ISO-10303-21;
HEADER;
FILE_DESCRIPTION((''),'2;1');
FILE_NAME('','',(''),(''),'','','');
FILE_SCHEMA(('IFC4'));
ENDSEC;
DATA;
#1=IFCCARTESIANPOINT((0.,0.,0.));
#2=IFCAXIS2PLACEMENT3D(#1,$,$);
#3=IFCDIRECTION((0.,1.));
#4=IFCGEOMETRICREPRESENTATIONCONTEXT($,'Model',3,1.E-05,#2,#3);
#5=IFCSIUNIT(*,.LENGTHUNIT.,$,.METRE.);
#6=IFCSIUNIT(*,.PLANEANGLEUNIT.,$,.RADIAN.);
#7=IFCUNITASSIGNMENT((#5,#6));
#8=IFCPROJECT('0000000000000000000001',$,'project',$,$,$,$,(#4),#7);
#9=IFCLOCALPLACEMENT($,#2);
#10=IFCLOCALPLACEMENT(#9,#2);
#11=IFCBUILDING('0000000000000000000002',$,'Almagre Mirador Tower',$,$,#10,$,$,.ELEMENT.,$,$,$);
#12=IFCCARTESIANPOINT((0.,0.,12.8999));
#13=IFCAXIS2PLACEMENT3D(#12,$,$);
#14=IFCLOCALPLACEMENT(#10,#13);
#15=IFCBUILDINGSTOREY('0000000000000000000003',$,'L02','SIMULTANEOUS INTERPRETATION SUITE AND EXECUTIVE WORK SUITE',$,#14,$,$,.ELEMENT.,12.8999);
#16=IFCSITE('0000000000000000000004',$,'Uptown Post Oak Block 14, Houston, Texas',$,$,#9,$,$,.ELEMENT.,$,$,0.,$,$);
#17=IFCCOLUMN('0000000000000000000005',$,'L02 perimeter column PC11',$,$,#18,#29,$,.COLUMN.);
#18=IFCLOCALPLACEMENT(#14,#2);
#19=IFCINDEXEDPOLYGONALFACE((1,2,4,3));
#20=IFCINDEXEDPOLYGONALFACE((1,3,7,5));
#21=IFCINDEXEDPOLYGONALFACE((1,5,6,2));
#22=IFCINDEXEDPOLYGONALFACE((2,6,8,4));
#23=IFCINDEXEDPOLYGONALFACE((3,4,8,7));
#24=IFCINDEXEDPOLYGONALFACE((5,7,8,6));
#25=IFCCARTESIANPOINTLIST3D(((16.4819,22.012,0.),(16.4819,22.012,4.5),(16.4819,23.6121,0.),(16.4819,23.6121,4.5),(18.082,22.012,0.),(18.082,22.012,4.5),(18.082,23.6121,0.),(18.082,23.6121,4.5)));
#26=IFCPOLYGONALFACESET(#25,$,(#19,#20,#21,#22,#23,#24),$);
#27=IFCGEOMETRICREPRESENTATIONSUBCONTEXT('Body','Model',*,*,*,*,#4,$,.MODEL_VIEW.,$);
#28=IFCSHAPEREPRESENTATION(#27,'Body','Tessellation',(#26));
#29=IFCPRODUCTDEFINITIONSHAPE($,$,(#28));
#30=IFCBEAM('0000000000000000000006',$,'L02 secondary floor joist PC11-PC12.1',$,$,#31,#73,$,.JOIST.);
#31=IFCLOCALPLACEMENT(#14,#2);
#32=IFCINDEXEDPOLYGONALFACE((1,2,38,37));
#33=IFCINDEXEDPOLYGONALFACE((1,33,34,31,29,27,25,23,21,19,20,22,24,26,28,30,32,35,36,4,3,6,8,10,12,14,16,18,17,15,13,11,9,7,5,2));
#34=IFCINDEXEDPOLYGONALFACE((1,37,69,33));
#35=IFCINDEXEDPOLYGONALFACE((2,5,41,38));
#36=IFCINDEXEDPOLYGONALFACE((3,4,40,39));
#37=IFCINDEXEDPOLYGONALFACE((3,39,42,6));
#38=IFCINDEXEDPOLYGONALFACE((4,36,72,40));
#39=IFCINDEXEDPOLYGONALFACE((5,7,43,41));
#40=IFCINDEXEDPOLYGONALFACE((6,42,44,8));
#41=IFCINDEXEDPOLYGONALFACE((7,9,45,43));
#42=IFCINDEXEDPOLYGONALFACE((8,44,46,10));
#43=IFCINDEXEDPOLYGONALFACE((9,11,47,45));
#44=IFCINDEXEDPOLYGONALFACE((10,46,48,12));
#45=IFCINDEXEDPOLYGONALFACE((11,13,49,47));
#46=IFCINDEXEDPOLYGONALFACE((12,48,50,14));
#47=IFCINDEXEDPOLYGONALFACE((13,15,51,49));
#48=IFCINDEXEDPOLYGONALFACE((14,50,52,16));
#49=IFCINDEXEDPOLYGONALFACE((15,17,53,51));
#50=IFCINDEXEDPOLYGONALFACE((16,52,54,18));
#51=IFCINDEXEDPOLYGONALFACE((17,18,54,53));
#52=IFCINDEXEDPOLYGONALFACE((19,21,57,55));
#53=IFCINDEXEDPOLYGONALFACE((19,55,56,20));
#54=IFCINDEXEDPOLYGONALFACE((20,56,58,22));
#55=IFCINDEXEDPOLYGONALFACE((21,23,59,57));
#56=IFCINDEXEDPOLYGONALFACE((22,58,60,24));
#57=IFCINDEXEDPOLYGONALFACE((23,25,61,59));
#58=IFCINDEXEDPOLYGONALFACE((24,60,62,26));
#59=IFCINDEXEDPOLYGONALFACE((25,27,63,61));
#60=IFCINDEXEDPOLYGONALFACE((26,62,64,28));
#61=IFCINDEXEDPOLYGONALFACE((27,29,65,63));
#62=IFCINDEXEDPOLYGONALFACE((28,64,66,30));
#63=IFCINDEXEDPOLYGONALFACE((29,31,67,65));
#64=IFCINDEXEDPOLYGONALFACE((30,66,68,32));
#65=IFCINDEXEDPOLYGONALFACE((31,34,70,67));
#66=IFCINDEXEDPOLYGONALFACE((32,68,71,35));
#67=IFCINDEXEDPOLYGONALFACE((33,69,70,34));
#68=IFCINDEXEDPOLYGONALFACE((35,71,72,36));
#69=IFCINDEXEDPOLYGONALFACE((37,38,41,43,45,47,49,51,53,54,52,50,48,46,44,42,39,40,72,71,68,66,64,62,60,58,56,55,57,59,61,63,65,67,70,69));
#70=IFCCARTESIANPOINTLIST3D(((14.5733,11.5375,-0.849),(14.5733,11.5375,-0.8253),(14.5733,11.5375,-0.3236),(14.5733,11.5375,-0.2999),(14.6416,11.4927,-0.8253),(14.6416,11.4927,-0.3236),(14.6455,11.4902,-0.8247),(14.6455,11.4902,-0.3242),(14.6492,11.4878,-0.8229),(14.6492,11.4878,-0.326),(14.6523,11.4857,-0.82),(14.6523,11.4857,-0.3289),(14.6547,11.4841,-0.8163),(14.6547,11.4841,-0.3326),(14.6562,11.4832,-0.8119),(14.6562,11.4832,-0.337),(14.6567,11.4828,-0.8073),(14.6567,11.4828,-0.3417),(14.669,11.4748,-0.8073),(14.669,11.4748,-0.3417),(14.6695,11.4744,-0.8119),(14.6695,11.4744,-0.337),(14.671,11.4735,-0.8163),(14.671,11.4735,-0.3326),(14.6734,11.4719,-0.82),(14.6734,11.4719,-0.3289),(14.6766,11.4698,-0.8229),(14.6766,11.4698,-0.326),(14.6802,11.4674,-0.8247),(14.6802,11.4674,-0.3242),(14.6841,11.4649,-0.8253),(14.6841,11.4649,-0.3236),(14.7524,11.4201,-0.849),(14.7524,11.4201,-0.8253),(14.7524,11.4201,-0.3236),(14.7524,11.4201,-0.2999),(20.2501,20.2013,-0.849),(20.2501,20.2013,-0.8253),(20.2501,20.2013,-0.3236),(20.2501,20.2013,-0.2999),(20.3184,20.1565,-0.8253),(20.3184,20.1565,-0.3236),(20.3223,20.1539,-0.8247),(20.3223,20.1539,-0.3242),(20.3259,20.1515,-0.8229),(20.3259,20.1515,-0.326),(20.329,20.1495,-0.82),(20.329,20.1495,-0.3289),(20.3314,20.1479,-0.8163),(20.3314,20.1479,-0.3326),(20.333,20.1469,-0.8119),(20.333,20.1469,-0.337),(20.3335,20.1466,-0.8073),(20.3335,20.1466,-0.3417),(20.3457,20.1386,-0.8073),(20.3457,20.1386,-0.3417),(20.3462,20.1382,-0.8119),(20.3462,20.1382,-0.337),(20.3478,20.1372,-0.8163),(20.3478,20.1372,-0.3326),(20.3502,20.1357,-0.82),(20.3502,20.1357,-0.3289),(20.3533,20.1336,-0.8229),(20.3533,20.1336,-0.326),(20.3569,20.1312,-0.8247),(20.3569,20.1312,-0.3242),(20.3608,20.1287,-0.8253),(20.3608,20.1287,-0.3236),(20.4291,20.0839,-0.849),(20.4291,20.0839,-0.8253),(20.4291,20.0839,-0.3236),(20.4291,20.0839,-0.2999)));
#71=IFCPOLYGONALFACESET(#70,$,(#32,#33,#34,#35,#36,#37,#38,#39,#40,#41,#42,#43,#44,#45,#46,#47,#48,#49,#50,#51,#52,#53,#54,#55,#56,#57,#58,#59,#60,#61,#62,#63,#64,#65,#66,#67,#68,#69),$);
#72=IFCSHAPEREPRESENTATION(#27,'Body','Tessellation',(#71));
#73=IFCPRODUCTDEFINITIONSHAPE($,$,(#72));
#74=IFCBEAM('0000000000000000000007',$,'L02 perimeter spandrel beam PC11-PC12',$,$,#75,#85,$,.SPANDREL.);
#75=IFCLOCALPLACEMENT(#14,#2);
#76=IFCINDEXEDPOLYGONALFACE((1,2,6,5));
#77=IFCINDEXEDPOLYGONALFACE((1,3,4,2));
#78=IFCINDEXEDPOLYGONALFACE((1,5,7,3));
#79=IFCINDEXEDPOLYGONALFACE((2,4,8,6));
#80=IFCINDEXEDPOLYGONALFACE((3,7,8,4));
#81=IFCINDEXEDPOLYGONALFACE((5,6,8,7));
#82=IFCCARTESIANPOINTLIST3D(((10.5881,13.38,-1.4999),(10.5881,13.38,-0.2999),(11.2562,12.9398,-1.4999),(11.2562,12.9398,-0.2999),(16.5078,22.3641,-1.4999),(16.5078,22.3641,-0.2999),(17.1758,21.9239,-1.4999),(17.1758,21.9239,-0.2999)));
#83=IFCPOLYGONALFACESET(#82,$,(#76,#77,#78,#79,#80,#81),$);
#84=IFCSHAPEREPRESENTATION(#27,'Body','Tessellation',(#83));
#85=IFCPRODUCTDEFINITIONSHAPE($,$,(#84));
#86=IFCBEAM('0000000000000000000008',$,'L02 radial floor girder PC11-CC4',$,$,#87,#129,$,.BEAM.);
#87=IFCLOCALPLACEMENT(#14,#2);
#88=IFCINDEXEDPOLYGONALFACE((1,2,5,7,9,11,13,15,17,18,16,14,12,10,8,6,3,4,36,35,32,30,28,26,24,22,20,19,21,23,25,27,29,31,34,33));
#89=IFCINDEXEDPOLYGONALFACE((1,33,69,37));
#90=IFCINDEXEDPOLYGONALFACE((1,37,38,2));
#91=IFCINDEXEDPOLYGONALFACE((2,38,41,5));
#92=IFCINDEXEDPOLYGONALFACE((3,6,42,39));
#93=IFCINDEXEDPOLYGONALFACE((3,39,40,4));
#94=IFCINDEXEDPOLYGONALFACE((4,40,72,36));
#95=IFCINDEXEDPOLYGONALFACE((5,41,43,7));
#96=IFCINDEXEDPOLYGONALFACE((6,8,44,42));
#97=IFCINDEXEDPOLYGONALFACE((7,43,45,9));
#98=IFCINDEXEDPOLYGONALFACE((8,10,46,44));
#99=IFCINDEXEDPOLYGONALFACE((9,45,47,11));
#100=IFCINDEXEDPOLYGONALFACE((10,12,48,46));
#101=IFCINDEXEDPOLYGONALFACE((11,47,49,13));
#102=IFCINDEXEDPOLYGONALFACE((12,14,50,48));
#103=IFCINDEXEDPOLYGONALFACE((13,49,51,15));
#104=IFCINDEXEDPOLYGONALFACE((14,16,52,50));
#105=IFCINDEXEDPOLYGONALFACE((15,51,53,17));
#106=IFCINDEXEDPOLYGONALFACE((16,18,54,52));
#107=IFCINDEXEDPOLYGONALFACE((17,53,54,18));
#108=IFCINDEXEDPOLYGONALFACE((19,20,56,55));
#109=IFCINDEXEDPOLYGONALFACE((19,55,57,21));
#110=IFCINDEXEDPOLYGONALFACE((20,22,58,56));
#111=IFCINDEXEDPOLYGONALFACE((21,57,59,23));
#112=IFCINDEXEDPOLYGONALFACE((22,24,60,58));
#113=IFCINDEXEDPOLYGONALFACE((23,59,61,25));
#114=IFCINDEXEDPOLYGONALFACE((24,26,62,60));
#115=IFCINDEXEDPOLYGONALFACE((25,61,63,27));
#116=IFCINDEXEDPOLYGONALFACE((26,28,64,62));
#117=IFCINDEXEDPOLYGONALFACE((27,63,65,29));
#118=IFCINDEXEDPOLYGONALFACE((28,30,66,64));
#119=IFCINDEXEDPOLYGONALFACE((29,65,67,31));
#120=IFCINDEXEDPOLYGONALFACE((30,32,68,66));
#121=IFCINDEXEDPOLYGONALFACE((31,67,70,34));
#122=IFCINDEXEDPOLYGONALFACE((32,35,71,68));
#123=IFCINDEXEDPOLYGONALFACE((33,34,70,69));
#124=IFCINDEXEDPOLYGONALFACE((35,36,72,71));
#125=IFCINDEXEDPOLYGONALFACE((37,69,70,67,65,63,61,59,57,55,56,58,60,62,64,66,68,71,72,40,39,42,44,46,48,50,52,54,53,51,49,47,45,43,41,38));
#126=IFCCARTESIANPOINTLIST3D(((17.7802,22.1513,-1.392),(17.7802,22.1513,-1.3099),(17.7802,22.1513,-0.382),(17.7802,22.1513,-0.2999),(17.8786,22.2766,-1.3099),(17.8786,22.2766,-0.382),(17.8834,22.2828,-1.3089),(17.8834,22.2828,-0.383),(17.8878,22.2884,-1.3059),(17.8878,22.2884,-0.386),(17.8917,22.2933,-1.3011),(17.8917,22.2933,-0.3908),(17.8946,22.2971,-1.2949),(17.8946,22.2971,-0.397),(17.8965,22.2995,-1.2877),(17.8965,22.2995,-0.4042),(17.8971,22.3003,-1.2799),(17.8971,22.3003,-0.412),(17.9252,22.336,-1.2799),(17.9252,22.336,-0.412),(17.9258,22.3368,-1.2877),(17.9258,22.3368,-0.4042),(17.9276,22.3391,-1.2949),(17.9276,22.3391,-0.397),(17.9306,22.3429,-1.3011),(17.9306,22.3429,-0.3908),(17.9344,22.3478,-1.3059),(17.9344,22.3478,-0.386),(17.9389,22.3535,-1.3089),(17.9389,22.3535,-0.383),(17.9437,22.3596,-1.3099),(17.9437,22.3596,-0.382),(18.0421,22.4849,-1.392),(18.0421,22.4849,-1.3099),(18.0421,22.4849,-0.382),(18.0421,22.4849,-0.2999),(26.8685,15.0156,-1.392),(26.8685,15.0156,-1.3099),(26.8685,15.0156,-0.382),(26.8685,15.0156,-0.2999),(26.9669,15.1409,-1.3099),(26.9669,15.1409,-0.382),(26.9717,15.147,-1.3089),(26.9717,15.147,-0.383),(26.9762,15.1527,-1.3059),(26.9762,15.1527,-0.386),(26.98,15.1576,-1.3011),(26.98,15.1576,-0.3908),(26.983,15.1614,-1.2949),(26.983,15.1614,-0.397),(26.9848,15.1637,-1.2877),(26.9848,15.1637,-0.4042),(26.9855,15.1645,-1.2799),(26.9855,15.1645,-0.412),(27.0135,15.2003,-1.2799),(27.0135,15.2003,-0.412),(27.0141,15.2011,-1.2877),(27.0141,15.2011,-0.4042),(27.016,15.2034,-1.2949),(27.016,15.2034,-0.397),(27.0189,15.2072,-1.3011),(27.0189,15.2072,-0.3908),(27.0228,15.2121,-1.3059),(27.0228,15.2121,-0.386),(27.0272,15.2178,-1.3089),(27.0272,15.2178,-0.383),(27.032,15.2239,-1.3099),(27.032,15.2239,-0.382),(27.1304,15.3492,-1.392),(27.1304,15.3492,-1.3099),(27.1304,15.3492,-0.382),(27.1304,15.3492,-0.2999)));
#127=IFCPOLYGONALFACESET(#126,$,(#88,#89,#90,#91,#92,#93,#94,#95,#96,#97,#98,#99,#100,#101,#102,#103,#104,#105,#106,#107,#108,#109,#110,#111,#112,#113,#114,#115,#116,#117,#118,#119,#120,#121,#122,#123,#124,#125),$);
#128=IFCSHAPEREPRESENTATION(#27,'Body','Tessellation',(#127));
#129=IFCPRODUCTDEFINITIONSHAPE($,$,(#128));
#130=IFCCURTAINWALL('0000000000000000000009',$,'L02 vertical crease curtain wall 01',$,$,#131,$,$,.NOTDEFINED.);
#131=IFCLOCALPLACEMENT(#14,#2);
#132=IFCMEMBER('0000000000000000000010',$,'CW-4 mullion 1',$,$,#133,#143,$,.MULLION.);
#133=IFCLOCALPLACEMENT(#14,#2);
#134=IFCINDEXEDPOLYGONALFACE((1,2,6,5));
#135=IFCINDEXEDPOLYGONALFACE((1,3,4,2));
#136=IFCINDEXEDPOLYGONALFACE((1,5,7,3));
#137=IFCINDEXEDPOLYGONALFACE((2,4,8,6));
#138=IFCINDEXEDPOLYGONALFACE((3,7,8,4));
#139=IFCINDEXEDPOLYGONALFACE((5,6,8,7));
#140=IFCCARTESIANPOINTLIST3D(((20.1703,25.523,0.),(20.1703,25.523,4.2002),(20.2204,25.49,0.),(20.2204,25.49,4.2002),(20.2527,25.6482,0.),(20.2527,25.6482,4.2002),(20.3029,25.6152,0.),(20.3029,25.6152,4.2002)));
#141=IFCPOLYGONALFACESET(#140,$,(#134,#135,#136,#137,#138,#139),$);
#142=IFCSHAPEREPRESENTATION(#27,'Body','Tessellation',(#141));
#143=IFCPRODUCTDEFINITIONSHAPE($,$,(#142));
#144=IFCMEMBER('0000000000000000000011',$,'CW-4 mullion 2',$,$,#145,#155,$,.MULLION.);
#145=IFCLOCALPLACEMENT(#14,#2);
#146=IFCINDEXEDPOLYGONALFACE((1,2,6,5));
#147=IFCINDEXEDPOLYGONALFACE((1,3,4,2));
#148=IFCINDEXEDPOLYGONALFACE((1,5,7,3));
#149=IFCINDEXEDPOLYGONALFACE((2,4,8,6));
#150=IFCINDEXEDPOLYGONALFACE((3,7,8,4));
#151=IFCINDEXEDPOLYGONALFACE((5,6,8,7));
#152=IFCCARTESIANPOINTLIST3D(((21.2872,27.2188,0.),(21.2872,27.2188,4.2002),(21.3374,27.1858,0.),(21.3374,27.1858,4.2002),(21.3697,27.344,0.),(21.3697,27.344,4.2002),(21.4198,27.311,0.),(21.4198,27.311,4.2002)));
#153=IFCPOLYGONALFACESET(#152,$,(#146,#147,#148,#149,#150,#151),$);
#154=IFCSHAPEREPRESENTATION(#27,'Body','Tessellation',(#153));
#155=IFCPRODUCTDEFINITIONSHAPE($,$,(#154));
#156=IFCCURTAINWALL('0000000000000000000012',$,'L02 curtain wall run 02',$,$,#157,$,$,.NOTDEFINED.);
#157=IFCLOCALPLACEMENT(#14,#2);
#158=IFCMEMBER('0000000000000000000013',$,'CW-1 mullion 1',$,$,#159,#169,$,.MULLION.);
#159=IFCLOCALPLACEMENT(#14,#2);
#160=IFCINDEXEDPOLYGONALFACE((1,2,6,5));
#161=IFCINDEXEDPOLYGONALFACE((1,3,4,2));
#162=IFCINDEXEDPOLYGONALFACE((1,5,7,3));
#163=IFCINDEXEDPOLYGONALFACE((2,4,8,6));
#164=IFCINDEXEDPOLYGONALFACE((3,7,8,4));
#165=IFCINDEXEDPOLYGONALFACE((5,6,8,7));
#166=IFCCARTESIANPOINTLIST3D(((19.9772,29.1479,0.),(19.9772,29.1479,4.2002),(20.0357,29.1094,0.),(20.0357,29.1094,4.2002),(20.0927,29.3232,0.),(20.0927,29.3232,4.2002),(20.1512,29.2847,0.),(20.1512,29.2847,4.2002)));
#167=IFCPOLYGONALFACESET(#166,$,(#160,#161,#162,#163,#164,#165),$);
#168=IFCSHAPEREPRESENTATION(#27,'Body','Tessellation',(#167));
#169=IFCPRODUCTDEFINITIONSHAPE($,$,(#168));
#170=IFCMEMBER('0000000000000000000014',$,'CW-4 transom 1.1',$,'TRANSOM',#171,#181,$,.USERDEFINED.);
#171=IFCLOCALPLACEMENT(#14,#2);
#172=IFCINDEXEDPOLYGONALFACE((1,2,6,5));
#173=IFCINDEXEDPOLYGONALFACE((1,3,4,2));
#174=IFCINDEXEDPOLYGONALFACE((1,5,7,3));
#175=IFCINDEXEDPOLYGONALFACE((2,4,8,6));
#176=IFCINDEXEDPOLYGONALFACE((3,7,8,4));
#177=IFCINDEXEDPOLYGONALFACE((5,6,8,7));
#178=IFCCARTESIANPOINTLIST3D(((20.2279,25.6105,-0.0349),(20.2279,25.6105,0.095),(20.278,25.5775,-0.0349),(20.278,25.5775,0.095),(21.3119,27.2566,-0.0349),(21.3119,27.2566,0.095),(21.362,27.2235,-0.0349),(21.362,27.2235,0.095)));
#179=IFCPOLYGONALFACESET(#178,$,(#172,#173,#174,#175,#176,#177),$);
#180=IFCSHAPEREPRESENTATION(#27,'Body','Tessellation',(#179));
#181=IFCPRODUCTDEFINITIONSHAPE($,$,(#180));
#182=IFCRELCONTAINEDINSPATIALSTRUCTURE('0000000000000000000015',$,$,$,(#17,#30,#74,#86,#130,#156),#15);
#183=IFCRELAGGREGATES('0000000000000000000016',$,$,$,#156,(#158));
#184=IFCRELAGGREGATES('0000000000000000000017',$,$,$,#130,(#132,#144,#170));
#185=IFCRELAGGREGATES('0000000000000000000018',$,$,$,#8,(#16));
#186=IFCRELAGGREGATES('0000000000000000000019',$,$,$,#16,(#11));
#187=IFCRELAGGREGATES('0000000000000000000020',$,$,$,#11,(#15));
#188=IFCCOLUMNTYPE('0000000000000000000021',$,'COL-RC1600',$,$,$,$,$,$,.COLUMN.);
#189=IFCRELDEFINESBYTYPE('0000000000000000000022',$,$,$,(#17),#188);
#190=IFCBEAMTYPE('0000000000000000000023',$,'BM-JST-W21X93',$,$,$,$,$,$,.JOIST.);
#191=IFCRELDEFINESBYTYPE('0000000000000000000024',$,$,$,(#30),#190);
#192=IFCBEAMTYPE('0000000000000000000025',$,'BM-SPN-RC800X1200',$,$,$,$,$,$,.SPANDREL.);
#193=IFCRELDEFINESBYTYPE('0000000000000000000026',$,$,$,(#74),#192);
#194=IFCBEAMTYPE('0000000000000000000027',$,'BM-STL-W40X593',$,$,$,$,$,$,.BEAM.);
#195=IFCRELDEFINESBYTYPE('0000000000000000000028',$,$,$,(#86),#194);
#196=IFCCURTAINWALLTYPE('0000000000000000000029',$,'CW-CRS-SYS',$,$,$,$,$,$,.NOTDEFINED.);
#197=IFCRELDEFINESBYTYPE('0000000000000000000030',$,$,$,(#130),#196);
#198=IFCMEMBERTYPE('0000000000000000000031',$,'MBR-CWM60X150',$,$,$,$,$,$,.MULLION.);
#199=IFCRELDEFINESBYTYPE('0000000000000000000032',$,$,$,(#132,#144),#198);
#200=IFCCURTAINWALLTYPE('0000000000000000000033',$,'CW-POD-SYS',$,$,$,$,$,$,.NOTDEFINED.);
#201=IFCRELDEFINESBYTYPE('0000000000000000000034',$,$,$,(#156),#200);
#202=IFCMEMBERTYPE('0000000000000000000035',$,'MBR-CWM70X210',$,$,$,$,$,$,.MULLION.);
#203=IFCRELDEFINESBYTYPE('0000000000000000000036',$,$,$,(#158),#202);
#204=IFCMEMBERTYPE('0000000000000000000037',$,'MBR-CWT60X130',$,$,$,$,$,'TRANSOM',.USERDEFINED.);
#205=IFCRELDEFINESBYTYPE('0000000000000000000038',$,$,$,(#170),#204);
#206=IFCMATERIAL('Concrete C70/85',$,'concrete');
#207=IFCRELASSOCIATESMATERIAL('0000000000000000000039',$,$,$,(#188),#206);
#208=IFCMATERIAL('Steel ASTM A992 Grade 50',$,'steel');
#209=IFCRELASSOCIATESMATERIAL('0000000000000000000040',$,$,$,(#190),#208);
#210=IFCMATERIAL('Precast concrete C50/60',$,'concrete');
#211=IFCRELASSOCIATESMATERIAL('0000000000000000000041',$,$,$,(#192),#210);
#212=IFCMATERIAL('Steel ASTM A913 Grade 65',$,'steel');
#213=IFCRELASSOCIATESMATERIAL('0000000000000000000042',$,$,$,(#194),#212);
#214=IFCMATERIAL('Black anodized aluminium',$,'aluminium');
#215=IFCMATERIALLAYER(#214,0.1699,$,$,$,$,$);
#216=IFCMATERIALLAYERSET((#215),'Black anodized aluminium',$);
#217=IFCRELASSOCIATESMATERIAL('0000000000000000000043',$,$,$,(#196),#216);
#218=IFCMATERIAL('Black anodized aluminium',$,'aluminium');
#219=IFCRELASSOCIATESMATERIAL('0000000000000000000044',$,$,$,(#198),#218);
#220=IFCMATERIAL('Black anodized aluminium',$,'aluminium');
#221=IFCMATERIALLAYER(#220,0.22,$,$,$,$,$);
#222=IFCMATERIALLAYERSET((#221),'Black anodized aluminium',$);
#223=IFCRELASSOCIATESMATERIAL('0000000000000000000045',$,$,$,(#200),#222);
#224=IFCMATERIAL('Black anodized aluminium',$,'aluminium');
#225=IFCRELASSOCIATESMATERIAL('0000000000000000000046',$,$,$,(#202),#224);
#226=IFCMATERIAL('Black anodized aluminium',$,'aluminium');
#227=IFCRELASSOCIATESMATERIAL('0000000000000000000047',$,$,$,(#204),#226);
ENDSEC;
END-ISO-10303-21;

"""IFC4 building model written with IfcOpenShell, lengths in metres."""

from ifc_helpers import new_model, si_unit, direction, frame, origin, origin_2d, place, context, subcontext, project, spatial, rectangle, i_section, extrude, material, layer, layer_set, material_profile, profile_set, type_object, element, aggregate, save


model = new_model("IFC4")

# Units and contexts
model_context = context("Model", 3, precision=1e-05, world=origin(), true_north=direction((0.0, 1.0)))
body_context = subcontext(model_context, "Body", "Model", "MODEL_VIEW")
ifc_project = project(units=[si_unit("LENGTHUNIT", "METRE"), si_unit("PLANEANGLEUNIT", "RADIAN")], contexts=[model_context])

# Site, building, storey
site_placement = place(None, origin())
site = spatial("IfcSite", under=ifc_project, at=site_placement, Name="Uptown Post Oak Block 14, Houston, Texas", CompositionType="ELEMENT", RefElevation=0.0)
building_placement = place(site_placement, origin())
building = spatial("IfcBuilding", under=site, at=building_placement, Name="Almagre Mirador Tower", CompositionType="ELEMENT")
storey_placement = place(building_placement, frame((0.0, 0.0, 12.8999)))
storey = spatial("IfcBuildingStorey", under=building, at=storey_placement, Name="L02", Description="SIMULTANEOUS INTERPRETATION SUITE AND EXECUTIVE WORK SUITE", CompositionType="ELEMENT", Elevation=12.8999)

# Column
ifc_material_1 = material(Name="Concrete C70/85", Category="concrete")
ifc_material_profile_1 = material_profile(ifc_material_1, rectangle(XDim=1.6001, YDim=1.6001, at=origin_2d()), Name="RC1600X1600")
ifc_profile_set_1 = profile_set([ifc_material_profile_1], Name="Concrete C70/85")
column_type = type_object("IfcColumnType", Name="COL-RC1600", PredefinedType="COLUMN", material=ifc_profile_set_1)
column_placement = place(storey_placement, frame((17.282, 22.812, 0.0), z_axis=(0.0, 0.0, 1.0), x_axis=(1.0, 0.0, 0.0)))
element("IfcColumn", 1, at=column_placement, inside=storey, type_object=column_type, Name="L02 perimeter column PC11", PredefinedType="COLUMN", context=body_context, shape_type="SweptSolid", body=[
    extrude(rectangle(XDim=1.6001, YDim=1.6001, at=origin_2d()), origin(), (0.0, 0.0, 1.0), 4.5),
])

# Beams
ifc_material_2 = material(Name="Steel ASTM A992 Grade 50", Category="steel")
ifc_material_profile_2 = material_profile(ifc_material_2, i_section(OverallWidth=0.2141, OverallDepth=0.5491, WebThickness=0.0146, FlangeThickness=0.0237, FilletRadius=0.0181, at=origin_2d()), Name="W21X93")
ifc_profile_set_2 = profile_set([ifc_material_profile_2], Name="Steel ASTM A992 Grade 50")
beam_type_1 = type_object("IfcBeamType", Name="BM-JST-W21X93", PredefinedType="JOIST", material=ifc_profile_set_2)
beam_1_placement = place(storey_placement, frame((20.3396, 20.1426, -0.5745), z_axis=(-0.548058, -0.836441, 0.0), x_axis=(0.836441, -0.548058, 0.0)))
element("IfcBeam", 2, at=beam_1_placement, inside=storey, type_object=beam_type_1, Name="L02 secondary floor joist PC11-PC12.1", PredefinedType="JOIST", context=body_context, shape_type="SweptSolid", body=[
    extrude(i_section(OverallWidth=0.2141, OverallDepth=0.5491, WebThickness=0.0146, FlangeThickness=0.0237, FilletRadius=0.0181, at=origin_2d()), origin(), (0.0, 0.0, 1.0), 10.3579),
])
ifc_material_3 = material(Name="Precast concrete C50/60", Category="concrete")
ifc_material_profile_3 = material_profile(ifc_material_3, rectangle(XDim=0.8, YDim=1.2, at=origin_2d()), Name="RC800X1200")
ifc_profile_set_3 = profile_set([ifc_material_profile_3], Name="Precast concrete C50/60")
beam_type_2 = type_object("IfcBeamType", Name="BM-SPN-RC800X1200", PredefinedType="SPANDREL", material=ifc_profile_set_3)
beam_2_placement = place(storey_placement, frame((16.8418, 22.144, -0.8999), z_axis=(-0.550204, -0.83503, 0.0), x_axis=(0.83503, -0.550204, 0.0)))
element("IfcBeam", 3, at=beam_2_placement, inside=storey, type_object=beam_type_2, Name="L02 perimeter spandrel beam PC11-PC12", PredefinedType="SPANDREL", context=body_context, shape_type="SweptSolid", body=[
    extrude(rectangle(XDim=0.8, YDim=1.2, at=origin_2d()), origin(), (0.0, 0.0, 1.0), 10.759),
])
ifc_material_4 = material(Name="Steel ASTM A913 Grade 65", Category="steel")
ifc_material_profile_4 = material_profile(ifc_material_4, i_section(OverallWidth=0.4241, OverallDepth=1.092, WebThickness=0.0454, FlangeThickness=0.082, FilletRadius=0.03, at=origin_2d()), Name="W40X593")
ifc_profile_set_4 = profile_set([ifc_material_profile_4], Name="Steel ASTM A913 Grade 65")
beam_type_3 = type_object("IfcBeamType", Name="BM-STL-W40X593", PredefinedType="BEAM", material=ifc_profile_set_4)
beam_3_placement = place(storey_placement, frame((17.9111, 22.3181, -0.8459), z_axis=(0.786534, -0.617547, 0.0), x_axis=(0.617547, 0.786534, 0.0)))
element("IfcBeam", 4, at=beam_3_placement, inside=storey, type_object=beam_type_3, Name="L02 radial floor girder PC11-CC4", PredefinedType="BEAM", context=body_context, shape_type="SweptSolid", body=[
    extrude(i_section(OverallWidth=0.4241, OverallDepth=1.092, WebThickness=0.0454, FlangeThickness=0.082, FilletRadius=0.03, at=origin_2d()), origin(), (0.0, 0.0, 1.0), 11.5549),
])

# Curtain wall, members
ifc_material_5 = material(Name="Black anodized aluminium", Category="aluminium")
ifc_layer_1 = layer(ifc_material_5, 0.1699)
ifc_layer_set_1 = layer_set([ifc_layer_1], Name="Black anodized aluminium")
curtain_wall_type_1 = type_object("IfcCurtainWallType", Name="CW-CRS-SYS", PredefinedType="NOTDEFINED", material=ifc_layer_set_1)
curtain_wall_1_placement = place(storey_placement, origin())
curtain_wall_1 = element("IfcCurtainWall", 5, at=curtain_wall_1_placement, inside=storey, type_object=curtain_wall_type_1, Name="L02 vertical crease curtain wall 01", PredefinedType="NOTDEFINED")
ifc_material_6 = material(Name="Black anodized aluminium", Category="aluminium")
ifc_material_profile_5 = material_profile(ifc_material_6, rectangle(XDim=0.0601, YDim=0.1499, at=origin_2d()), Name="CWM60X150")
ifc_profile_set_5 = profile_set([ifc_material_profile_5], Name="Black anodized aluminium")
member_type_1 = type_object("IfcMemberType", Name="MBR-CWM60X150", PredefinedType="MULLION", material=ifc_profile_set_5)
member_1_placement = place(storey_placement, frame((20.2366, 25.5691, 0.0), z_axis=(0.0, 0.0, 1.0), x_axis=(-0.835128, 0.550056, 0.0)))
member_1 = element("IfcMember", 6, at=member_1_placement, type_object=member_type_1, Name="CW-4 mullion 1", PredefinedType="MULLION", context=body_context, shape_type="SweptSolid", body=[
    extrude(rectangle(XDim=0.0601, YDim=0.1499, at=origin_2d()), origin(), (0.0, 0.0, 1.0), 4.2002),
])
member_2_placement = place(storey_placement, frame((21.3535, 27.2649, 0.0), z_axis=(0.0, 0.0, 1.0), x_axis=(-0.835128, 0.550056, 0.0)))
member_2 = element("IfcMember", 7, at=member_2_placement, type_object=member_type_1, Name="CW-4 mullion 2", PredefinedType="MULLION", context=body_context, shape_type="SweptSolid", body=[
    extrude(rectangle(XDim=0.0601, YDim=0.1499, at=origin_2d()), origin(), (0.0, 0.0, 1.0), 4.2002),
])

# Curtain wall, member
ifc_material_7 = material(Name="Black anodized aluminium", Category="aluminium")
ifc_layer_2 = layer(ifc_material_7, 0.22)
ifc_layer_set_2 = layer_set([ifc_layer_2], Name="Black anodized aluminium")
curtain_wall_type_2 = type_object("IfcCurtainWallType", Name="CW-POD-SYS", PredefinedType="NOTDEFINED", material=ifc_layer_set_2)
curtain_wall_2_placement = place(storey_placement, origin())
curtain_wall_2 = element("IfcCurtainWall", 8, at=curtain_wall_2_placement, inside=storey, type_object=curtain_wall_type_2, Name="L02 curtain wall run 02", PredefinedType="NOTDEFINED")
ifc_material_8 = material(Name="Black anodized aluminium", Category="aluminium")
ifc_material_profile_6 = material_profile(ifc_material_8, rectangle(XDim=0.0701, YDim=0.21, at=origin_2d()), Name="CWM70X210")
ifc_profile_set_6 = profile_set([ifc_material_profile_6], Name="Black anodized aluminium")
member_type_2 = type_object("IfcMemberType", Name="MBR-CWM70X210", PredefinedType="MULLION", material=ifc_profile_set_6)
member_3_placement = place(storey_placement, frame((20.0642, 29.2163, 0.0), z_axis=(0.0, 0.0, 1.0), x_axis=(-0.835012, 0.550232, 0.0)))
member_3 = element("IfcMember", 9, at=member_3_placement, type_object=member_type_2, Name="CW-1 mullion 1", PredefinedType="MULLION", context=body_context, shape_type="SweptSolid", body=[
    extrude(rectangle(XDim=0.0701, YDim=0.21, at=origin_2d()), origin(), (0.0, 0.0, 1.0), 4.2002),
])

# Member
ifc_material_9 = material(Name="Black anodized aluminium", Category="aluminium")
ifc_material_profile_7 = material_profile(ifc_material_9, rectangle(XDim=0.0601, YDim=0.1299, at=origin_2d()), Name="CWT60X130")
ifc_profile_set_7 = profile_set([ifc_material_profile_7], Name="Black anodized aluminium")
member_type_3 = type_object("IfcMemberType", Name="MBR-CWT60X130", ElementType="TRANSOM", PredefinedType="USERDEFINED", material=ifc_profile_set_7)
member_4_placement = place(storey_placement, frame((20.2529, 25.594, 0.03), z_axis=(0.550003, 0.835163, 0.0), x_axis=(-0.835163, 0.550003, 0.0)))
member_4 = element("IfcMember", 10, at=member_4_placement, type_object=member_type_3, Name="CW-4 transom 1.1", ObjectType="TRANSOM", PredefinedType="USERDEFINED", context=body_context, shape_type="SweptSolid", body=[
    extrude(rectangle(XDim=0.0601, YDim=0.1299, at=origin_2d()), origin(), (0.0, 0.0, 1.0), 1.9709),
])
aggregate(curtain_wall_2, [member_3])

aggregate(curtain_wall_1, [member_1, member_2, member_4])

save(model, "model.ifc")
